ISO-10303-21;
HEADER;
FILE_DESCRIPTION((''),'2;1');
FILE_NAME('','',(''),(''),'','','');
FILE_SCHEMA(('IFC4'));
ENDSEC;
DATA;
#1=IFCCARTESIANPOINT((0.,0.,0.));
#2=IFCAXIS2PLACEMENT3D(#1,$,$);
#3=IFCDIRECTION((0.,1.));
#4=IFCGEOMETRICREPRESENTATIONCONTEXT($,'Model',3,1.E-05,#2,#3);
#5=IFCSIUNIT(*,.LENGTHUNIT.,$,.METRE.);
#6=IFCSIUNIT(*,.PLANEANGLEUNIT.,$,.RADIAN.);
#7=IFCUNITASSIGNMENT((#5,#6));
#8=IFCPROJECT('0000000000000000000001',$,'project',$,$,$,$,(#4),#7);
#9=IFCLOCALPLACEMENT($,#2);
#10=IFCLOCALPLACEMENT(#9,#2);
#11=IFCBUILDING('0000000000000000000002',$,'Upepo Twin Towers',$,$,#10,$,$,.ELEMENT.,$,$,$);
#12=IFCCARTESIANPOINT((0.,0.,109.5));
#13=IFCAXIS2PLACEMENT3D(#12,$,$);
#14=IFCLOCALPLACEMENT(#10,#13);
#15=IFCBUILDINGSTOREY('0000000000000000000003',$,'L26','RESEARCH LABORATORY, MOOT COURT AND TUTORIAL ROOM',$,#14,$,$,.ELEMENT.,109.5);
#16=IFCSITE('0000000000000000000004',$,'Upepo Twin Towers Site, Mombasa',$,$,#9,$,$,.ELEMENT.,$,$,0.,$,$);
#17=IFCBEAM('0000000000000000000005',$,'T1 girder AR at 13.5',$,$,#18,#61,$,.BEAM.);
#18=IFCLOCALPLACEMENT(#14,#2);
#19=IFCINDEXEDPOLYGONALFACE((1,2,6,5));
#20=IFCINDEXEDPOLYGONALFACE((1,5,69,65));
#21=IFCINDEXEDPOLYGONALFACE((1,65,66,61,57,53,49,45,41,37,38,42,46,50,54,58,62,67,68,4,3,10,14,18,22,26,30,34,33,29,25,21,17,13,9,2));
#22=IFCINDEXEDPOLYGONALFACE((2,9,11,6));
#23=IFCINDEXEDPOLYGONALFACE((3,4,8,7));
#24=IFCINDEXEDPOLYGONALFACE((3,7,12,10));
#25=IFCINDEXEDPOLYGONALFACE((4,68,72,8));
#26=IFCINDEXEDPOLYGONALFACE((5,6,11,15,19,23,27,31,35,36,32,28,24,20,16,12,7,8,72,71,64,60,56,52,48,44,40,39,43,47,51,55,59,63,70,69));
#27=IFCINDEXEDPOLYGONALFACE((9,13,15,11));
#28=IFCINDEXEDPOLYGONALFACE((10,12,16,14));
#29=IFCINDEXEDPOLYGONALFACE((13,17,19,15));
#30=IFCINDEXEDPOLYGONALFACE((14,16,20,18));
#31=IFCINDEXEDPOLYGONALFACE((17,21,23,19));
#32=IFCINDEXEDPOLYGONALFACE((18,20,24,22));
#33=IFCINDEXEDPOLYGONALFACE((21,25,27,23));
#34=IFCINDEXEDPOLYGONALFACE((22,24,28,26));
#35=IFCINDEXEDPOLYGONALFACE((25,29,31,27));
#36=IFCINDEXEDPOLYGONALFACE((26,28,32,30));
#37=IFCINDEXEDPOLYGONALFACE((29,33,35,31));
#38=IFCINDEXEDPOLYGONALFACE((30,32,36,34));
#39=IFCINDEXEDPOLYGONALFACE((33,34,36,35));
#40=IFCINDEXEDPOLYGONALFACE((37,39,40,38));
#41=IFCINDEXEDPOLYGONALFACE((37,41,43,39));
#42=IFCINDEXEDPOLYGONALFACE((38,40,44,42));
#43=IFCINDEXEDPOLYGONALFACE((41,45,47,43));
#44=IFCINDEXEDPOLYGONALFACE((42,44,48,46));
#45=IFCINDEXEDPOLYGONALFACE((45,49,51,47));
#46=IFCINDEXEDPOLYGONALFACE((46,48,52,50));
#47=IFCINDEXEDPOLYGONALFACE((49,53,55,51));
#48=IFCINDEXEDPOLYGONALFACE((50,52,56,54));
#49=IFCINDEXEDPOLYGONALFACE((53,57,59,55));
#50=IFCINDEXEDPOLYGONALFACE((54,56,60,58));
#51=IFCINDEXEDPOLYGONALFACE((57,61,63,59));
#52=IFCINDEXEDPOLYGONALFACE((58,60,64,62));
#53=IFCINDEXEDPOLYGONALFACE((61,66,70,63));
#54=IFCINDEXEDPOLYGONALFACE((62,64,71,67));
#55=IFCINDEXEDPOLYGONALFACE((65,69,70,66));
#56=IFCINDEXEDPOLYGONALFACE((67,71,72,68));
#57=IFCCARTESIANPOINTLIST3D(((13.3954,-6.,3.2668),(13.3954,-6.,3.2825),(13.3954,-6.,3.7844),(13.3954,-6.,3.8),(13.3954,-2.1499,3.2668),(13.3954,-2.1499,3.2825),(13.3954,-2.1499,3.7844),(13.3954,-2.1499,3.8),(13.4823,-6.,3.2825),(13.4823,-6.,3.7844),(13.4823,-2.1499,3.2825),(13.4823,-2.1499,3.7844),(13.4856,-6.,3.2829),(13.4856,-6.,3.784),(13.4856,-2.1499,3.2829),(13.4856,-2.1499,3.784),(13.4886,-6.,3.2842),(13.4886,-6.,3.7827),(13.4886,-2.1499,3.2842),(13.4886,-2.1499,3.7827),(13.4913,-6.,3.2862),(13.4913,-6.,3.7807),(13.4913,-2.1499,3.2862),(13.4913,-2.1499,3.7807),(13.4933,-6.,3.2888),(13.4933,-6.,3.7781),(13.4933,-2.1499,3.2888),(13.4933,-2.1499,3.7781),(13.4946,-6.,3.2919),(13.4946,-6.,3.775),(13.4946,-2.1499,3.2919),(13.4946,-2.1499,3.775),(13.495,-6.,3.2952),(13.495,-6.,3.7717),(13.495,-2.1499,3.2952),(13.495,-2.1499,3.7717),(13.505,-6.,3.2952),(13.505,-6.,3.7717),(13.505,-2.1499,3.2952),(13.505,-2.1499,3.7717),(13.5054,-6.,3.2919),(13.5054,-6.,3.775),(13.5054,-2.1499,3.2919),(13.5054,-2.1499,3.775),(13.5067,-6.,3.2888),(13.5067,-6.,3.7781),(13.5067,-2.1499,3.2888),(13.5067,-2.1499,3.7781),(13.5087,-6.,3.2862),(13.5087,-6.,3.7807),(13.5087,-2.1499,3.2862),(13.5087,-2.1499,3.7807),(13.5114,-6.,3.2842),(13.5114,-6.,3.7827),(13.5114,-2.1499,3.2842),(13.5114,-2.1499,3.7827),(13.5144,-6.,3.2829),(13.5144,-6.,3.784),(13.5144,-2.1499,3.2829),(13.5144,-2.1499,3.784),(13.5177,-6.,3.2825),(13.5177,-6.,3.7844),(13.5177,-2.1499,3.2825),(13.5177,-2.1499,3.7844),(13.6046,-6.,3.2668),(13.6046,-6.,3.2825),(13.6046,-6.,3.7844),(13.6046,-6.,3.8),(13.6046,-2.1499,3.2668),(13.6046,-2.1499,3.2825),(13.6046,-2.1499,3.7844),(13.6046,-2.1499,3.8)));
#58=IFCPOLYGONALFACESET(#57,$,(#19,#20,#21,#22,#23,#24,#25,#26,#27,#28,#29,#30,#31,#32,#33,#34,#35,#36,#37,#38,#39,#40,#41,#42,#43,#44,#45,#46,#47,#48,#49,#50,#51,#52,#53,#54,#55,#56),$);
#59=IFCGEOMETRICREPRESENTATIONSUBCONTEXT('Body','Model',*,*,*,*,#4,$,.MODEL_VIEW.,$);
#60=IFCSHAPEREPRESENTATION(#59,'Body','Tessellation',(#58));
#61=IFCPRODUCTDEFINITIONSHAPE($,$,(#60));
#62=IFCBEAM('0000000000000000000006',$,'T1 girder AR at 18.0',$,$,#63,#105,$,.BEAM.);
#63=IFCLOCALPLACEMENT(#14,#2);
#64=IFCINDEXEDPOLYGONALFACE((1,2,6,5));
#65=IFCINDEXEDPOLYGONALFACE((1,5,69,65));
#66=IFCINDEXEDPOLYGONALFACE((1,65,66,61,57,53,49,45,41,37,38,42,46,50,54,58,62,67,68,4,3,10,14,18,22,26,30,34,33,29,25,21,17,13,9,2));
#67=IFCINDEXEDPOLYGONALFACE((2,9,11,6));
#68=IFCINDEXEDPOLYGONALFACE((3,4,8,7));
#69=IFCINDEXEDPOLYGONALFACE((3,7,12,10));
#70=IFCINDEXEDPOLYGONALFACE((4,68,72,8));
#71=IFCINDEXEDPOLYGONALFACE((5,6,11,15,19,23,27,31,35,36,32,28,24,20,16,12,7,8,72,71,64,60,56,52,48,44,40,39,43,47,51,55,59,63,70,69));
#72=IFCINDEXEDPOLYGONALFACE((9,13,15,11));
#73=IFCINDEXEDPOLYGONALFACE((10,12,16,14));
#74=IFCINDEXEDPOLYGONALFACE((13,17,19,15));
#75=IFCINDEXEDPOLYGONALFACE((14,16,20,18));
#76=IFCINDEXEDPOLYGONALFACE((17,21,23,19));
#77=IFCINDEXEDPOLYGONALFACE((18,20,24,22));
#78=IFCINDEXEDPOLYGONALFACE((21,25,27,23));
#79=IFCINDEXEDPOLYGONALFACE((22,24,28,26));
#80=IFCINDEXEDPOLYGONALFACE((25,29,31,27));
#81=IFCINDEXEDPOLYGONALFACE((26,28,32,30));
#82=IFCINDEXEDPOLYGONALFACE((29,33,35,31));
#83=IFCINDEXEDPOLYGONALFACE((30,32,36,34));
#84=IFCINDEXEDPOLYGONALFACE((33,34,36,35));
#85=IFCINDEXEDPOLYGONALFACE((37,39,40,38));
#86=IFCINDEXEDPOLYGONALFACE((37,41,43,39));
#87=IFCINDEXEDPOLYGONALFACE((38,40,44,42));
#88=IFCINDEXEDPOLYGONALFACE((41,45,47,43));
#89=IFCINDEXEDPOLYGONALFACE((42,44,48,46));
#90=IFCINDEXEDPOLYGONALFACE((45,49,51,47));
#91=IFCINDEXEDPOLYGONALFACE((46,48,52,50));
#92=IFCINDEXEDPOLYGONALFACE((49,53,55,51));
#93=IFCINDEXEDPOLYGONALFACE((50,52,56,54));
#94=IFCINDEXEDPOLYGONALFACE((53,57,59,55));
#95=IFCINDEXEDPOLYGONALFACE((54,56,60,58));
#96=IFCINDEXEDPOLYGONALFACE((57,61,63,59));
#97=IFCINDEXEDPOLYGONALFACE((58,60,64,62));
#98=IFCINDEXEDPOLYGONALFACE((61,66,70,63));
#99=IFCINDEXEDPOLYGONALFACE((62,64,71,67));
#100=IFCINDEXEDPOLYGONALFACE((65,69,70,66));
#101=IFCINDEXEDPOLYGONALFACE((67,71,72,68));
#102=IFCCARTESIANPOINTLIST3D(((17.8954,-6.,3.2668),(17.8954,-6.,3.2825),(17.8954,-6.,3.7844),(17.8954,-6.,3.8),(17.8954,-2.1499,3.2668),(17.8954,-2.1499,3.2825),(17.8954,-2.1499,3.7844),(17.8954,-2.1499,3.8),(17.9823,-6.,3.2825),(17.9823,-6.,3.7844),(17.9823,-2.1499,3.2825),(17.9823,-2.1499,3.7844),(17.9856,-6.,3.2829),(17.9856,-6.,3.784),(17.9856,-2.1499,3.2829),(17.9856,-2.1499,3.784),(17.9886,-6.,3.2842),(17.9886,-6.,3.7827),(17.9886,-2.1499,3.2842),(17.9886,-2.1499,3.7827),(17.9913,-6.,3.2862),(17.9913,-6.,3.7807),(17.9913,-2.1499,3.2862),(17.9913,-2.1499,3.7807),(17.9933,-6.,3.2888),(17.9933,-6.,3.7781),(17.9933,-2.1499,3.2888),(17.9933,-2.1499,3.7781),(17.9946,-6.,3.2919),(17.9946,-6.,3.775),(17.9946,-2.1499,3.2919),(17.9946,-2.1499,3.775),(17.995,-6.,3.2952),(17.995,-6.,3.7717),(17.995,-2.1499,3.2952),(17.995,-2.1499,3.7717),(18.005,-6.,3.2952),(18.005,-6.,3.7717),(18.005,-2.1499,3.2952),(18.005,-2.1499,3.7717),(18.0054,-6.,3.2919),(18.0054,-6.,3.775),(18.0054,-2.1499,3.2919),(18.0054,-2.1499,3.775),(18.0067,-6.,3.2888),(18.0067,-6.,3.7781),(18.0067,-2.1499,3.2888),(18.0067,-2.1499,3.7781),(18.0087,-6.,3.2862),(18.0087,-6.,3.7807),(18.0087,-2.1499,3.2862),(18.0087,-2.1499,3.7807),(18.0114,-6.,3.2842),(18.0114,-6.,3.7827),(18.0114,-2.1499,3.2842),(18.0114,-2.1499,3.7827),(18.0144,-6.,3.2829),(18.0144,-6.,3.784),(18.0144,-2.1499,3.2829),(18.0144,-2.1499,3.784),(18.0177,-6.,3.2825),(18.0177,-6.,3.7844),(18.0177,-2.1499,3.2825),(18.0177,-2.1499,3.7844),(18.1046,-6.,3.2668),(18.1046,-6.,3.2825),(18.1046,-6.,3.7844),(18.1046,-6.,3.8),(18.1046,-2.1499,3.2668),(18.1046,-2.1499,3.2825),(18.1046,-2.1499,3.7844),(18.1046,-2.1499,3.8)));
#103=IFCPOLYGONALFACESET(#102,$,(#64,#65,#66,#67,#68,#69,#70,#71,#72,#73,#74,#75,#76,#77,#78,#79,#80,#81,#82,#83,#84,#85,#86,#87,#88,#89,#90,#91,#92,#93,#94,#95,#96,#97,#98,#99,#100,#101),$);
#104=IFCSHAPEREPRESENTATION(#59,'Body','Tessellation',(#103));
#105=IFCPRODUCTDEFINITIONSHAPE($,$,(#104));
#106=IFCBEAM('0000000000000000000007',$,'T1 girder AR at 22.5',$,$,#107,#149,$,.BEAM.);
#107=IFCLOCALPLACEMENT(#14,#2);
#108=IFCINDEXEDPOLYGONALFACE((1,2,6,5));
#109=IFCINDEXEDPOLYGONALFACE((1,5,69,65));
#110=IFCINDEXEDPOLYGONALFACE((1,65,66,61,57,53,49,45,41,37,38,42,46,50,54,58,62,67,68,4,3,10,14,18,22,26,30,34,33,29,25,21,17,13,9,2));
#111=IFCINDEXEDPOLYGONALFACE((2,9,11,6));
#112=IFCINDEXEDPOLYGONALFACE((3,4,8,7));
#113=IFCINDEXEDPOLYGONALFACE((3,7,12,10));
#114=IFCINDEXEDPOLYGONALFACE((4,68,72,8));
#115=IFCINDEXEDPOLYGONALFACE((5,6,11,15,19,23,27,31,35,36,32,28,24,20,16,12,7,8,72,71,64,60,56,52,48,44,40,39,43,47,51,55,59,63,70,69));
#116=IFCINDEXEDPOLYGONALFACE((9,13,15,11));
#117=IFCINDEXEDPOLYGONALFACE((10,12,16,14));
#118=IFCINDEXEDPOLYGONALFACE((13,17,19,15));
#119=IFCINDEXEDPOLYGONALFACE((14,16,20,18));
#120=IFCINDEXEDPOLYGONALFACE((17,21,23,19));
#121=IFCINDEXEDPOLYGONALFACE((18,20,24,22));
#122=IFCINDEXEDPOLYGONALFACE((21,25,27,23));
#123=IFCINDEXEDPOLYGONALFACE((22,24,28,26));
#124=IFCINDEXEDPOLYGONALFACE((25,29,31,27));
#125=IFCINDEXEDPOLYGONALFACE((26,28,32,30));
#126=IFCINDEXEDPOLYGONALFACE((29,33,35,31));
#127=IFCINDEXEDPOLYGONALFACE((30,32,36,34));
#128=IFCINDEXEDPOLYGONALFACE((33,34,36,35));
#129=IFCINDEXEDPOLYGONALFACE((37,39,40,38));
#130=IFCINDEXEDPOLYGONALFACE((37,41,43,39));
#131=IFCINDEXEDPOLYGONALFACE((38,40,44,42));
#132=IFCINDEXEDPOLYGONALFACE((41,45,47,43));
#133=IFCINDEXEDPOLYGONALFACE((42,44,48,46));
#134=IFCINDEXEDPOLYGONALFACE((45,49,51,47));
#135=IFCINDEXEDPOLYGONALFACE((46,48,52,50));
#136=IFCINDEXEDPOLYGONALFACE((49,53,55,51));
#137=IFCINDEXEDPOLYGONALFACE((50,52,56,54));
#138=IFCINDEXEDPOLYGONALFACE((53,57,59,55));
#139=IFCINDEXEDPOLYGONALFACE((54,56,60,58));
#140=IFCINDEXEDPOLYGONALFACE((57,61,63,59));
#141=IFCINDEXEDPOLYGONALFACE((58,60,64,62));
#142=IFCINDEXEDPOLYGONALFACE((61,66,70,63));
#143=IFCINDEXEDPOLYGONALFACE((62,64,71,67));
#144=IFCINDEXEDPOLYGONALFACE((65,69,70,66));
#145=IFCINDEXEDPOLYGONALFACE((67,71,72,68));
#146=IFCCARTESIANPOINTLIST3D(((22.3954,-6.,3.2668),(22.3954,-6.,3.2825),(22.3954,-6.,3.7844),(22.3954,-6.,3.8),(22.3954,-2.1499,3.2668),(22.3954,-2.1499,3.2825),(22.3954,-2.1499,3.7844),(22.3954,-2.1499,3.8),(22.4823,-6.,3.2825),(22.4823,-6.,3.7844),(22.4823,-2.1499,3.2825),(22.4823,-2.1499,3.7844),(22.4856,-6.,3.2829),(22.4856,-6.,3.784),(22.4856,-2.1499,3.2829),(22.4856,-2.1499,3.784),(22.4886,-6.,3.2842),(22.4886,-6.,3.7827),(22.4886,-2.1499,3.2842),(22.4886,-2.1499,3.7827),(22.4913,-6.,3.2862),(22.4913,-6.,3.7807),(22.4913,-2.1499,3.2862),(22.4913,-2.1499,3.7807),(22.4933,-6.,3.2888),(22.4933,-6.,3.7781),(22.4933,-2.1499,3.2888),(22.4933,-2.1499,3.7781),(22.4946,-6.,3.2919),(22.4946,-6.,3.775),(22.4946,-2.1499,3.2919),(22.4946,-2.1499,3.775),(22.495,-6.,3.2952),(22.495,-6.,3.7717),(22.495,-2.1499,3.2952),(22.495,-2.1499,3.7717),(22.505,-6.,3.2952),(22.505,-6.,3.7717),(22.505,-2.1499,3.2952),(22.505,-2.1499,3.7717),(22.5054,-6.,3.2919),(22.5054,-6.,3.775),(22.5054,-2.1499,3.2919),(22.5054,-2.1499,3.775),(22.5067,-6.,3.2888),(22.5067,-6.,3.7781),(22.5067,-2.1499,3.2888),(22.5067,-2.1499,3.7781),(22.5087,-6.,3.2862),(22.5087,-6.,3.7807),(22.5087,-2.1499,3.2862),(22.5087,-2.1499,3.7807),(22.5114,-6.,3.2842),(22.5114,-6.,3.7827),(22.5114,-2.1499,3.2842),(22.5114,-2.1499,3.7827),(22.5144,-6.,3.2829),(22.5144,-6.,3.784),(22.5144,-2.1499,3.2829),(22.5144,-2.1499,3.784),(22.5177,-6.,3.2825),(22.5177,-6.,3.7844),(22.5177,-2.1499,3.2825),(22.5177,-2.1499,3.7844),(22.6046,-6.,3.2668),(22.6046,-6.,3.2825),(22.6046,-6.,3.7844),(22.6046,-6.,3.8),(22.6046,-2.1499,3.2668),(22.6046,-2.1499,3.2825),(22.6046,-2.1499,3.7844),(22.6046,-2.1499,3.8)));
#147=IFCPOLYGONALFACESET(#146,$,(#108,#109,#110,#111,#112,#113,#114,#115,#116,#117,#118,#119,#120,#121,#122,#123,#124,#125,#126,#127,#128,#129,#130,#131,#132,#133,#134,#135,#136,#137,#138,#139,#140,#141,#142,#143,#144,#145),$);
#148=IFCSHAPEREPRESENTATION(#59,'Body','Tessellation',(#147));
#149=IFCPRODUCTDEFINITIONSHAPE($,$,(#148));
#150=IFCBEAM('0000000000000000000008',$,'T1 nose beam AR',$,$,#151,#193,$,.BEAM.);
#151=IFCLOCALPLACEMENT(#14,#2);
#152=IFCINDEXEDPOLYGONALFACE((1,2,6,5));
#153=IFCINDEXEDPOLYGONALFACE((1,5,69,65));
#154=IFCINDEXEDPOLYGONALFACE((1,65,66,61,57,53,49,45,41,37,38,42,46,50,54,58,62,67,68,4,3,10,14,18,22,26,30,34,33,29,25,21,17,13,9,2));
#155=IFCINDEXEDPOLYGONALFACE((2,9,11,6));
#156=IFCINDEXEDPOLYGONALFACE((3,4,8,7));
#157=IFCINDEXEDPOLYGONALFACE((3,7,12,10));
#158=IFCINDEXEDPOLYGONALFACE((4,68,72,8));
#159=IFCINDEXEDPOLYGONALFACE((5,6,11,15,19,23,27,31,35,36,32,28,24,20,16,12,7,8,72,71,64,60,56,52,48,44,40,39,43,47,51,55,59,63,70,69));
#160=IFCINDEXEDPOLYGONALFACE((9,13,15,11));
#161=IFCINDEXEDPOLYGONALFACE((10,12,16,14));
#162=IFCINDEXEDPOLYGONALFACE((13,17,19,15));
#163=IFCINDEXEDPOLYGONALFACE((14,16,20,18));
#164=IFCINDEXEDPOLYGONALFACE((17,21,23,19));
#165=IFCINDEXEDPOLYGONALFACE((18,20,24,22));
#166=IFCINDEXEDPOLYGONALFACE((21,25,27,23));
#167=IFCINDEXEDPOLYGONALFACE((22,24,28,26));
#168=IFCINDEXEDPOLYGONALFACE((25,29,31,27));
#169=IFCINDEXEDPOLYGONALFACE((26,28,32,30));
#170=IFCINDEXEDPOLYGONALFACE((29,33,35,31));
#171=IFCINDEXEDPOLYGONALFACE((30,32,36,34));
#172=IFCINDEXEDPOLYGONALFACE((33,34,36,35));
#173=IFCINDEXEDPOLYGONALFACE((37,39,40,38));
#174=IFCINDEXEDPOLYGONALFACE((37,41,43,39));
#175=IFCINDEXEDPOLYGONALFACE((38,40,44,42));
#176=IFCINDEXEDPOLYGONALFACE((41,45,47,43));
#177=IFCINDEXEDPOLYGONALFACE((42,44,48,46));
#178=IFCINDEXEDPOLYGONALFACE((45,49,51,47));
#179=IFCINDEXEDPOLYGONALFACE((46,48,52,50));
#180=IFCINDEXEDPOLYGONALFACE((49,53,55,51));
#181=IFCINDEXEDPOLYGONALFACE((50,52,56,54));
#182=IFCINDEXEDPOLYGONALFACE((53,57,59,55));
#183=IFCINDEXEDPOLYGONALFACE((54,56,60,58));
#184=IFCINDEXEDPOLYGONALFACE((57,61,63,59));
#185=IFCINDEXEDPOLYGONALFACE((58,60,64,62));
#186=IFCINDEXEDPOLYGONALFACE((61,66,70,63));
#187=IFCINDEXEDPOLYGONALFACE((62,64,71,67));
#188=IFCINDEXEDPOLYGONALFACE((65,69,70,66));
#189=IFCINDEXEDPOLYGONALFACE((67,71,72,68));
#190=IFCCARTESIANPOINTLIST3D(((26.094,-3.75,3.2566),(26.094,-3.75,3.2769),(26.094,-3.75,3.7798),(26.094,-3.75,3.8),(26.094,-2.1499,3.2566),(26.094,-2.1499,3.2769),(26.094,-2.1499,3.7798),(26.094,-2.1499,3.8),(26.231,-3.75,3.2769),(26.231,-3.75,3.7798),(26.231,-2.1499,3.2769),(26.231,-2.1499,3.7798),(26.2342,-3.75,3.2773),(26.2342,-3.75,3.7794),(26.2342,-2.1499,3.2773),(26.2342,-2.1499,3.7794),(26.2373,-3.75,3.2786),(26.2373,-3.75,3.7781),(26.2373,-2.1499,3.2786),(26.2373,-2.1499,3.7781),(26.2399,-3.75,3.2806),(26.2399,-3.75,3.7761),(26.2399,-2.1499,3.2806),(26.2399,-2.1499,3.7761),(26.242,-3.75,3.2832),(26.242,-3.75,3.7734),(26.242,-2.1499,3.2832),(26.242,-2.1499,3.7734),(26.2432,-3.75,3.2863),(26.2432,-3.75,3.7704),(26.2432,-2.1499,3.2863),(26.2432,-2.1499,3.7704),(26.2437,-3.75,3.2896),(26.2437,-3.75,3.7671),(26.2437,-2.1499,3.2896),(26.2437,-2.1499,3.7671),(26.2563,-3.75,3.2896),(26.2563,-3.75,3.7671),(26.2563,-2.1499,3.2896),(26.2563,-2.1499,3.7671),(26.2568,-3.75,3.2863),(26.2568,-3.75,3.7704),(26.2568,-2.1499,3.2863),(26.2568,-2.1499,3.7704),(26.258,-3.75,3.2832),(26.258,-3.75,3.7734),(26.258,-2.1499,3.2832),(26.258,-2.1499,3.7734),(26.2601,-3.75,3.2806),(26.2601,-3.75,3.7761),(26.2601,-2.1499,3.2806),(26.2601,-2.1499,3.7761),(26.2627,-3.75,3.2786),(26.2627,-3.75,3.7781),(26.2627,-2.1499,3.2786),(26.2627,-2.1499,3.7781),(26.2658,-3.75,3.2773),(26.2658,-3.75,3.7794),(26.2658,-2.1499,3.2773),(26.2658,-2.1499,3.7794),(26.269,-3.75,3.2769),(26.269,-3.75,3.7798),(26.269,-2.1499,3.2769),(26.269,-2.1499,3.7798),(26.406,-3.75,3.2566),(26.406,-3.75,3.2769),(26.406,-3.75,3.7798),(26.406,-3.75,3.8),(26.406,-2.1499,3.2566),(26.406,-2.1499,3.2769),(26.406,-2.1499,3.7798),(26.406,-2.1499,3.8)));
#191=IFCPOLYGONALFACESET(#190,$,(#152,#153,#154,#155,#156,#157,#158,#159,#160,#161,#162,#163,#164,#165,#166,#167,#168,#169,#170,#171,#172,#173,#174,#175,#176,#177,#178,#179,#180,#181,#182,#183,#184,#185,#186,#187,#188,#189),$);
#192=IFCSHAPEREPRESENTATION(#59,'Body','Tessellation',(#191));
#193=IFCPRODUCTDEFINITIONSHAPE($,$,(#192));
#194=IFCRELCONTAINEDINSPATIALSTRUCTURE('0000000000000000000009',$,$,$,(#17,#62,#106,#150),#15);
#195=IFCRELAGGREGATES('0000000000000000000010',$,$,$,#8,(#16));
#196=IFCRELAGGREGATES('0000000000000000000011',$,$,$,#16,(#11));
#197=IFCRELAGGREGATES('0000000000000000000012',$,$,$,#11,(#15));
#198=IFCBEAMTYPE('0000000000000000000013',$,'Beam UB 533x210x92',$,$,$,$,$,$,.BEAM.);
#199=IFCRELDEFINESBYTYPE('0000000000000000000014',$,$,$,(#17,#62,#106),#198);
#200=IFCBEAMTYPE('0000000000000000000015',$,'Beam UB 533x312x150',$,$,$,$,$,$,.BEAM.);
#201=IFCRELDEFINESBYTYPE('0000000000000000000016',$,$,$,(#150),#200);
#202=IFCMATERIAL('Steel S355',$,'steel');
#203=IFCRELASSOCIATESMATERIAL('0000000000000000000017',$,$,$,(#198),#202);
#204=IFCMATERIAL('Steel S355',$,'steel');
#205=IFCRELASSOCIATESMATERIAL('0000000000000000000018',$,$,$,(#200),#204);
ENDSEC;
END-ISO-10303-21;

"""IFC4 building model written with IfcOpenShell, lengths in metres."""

from ifc_helpers import new_model, si_unit, direction, frame, origin, origin_2d, place, context, subcontext, project, spatial, i_section, extrude, material, material_profile, profile_set, type_object, element, save


model = new_model("IFC4")

# Units and contexts
model_context = context("Model", 3, precision=1e-05, world=origin(), true_north=direction((0.0, 1.0)))
body_context = subcontext(model_context, "Body", "Model", "MODEL_VIEW")
ifc_project = project(units=[si_unit("LENGTHUNIT", "METRE"), si_unit("PLANEANGLEUNIT", "RADIAN")], contexts=[model_context])

# Site, building, storey
site_placement = place(None, origin())
site = spatial("IfcSite", under=ifc_project, at=site_placement, Name="Upepo Twin Towers Site, Mombasa", CompositionType="ELEMENT", RefElevation=0.0)
building_placement = place(site_placement, origin())
building = spatial("IfcBuilding", under=site, at=building_placement, Name="Upepo Twin Towers", CompositionType="ELEMENT")
storey_placement = place(building_placement, frame((0.0, 0.0, 109.5)))
storey = spatial("IfcBuildingStorey", under=building, at=storey_placement, Name="L26", Description="RESEARCH LABORATORY, MOOT COURT AND TUTORIAL ROOM", CompositionType="ELEMENT", Elevation=109.5)

# Beams
ifc_material_1 = material(Name="Steel S355", Category="steel")
ifc_material_profile_1 = material_profile(ifc_material_1, i_section(OverallWidth=0.2092, OverallDepth=0.5332, WebThickness=0.01, FlangeThickness=0.0156, FilletRadius=0.0127, at=origin_2d()), Name="UB 533x210x92")
ifc_profile_set_1 = profile_set([ifc_material_profile_1], Name="Steel S355")
beam_type_1 = type_object("IfcBeamType", Name="Beam UB 533x210x92", PredefinedType="BEAM", material=ifc_profile_set_1)
for number, where, z_axis, x_axis, name in (
    (1, (13.5, -6.0, 3.5334), (0.0, 1.0, 0.0), (-1.0, 0.0, 0.0), "T1 girder AR at 13.5"),
    (2, (18.0, -6.0, 3.5334), (0.0, 1.0, 0.0), (-1.0, 0.0, 0.0), "T1 girder AR at 18.0"),
    (3, (22.5, -6.0, 3.5334), (0.0, 1.0, 0.0), (-1.0, 0.0, 0.0), "T1 girder AR at 22.5"),
):
    element("IfcBeam", number, at=place(storey_placement, frame(where, z_axis=z_axis, x_axis=x_axis)), inside=storey, type_object=beam_type_1, Name=name, PredefinedType="BEAM", context=body_context, shape_type="SweptSolid", body=[
        extrude(i_section(OverallWidth=0.2092, OverallDepth=0.5332, WebThickness=0.01, FlangeThickness=0.0156, FilletRadius=0.0127, at=origin_2d()), origin(), (0.0, 0.0, 1.0), 3.8501),
    ])
ifc_material_2 = material(Name="Steel S355", Category="steel")
ifc_material_profile_2 = material_profile(ifc_material_2, i_section(OverallWidth=0.312, OverallDepth=0.5435, WebThickness=0.0127, FlangeThickness=0.0203, FilletRadius=0.0127, at=origin_2d()), Name="UB 533x312x150")
ifc_profile_set_2 = profile_set([ifc_material_profile_2], Name="Steel S355")
beam_type_2 = type_object("IfcBeamType", Name="Beam UB 533x312x150", PredefinedType="BEAM", material=ifc_profile_set_2)
beam_1_placement = place(storey_placement, frame((26.25, -3.75, 3.5283), z_axis=(0.0, 1.0, 0.0), x_axis=(-1.0, 0.0, 0.0)))
element("IfcBeam", 4, at=beam_1_placement, inside=storey, type_object=beam_type_2, Name="T1 nose beam AR", PredefinedType="BEAM", context=body_context, shape_type="SweptSolid", body=[
    extrude(i_section(OverallWidth=0.312, OverallDepth=0.5435, WebThickness=0.0127, FlangeThickness=0.0203, FilletRadius=0.0127, at=origin_2d()), origin(), (0.0, 0.0, 1.0), 1.6001),
])

save(model, "model.ifc")
